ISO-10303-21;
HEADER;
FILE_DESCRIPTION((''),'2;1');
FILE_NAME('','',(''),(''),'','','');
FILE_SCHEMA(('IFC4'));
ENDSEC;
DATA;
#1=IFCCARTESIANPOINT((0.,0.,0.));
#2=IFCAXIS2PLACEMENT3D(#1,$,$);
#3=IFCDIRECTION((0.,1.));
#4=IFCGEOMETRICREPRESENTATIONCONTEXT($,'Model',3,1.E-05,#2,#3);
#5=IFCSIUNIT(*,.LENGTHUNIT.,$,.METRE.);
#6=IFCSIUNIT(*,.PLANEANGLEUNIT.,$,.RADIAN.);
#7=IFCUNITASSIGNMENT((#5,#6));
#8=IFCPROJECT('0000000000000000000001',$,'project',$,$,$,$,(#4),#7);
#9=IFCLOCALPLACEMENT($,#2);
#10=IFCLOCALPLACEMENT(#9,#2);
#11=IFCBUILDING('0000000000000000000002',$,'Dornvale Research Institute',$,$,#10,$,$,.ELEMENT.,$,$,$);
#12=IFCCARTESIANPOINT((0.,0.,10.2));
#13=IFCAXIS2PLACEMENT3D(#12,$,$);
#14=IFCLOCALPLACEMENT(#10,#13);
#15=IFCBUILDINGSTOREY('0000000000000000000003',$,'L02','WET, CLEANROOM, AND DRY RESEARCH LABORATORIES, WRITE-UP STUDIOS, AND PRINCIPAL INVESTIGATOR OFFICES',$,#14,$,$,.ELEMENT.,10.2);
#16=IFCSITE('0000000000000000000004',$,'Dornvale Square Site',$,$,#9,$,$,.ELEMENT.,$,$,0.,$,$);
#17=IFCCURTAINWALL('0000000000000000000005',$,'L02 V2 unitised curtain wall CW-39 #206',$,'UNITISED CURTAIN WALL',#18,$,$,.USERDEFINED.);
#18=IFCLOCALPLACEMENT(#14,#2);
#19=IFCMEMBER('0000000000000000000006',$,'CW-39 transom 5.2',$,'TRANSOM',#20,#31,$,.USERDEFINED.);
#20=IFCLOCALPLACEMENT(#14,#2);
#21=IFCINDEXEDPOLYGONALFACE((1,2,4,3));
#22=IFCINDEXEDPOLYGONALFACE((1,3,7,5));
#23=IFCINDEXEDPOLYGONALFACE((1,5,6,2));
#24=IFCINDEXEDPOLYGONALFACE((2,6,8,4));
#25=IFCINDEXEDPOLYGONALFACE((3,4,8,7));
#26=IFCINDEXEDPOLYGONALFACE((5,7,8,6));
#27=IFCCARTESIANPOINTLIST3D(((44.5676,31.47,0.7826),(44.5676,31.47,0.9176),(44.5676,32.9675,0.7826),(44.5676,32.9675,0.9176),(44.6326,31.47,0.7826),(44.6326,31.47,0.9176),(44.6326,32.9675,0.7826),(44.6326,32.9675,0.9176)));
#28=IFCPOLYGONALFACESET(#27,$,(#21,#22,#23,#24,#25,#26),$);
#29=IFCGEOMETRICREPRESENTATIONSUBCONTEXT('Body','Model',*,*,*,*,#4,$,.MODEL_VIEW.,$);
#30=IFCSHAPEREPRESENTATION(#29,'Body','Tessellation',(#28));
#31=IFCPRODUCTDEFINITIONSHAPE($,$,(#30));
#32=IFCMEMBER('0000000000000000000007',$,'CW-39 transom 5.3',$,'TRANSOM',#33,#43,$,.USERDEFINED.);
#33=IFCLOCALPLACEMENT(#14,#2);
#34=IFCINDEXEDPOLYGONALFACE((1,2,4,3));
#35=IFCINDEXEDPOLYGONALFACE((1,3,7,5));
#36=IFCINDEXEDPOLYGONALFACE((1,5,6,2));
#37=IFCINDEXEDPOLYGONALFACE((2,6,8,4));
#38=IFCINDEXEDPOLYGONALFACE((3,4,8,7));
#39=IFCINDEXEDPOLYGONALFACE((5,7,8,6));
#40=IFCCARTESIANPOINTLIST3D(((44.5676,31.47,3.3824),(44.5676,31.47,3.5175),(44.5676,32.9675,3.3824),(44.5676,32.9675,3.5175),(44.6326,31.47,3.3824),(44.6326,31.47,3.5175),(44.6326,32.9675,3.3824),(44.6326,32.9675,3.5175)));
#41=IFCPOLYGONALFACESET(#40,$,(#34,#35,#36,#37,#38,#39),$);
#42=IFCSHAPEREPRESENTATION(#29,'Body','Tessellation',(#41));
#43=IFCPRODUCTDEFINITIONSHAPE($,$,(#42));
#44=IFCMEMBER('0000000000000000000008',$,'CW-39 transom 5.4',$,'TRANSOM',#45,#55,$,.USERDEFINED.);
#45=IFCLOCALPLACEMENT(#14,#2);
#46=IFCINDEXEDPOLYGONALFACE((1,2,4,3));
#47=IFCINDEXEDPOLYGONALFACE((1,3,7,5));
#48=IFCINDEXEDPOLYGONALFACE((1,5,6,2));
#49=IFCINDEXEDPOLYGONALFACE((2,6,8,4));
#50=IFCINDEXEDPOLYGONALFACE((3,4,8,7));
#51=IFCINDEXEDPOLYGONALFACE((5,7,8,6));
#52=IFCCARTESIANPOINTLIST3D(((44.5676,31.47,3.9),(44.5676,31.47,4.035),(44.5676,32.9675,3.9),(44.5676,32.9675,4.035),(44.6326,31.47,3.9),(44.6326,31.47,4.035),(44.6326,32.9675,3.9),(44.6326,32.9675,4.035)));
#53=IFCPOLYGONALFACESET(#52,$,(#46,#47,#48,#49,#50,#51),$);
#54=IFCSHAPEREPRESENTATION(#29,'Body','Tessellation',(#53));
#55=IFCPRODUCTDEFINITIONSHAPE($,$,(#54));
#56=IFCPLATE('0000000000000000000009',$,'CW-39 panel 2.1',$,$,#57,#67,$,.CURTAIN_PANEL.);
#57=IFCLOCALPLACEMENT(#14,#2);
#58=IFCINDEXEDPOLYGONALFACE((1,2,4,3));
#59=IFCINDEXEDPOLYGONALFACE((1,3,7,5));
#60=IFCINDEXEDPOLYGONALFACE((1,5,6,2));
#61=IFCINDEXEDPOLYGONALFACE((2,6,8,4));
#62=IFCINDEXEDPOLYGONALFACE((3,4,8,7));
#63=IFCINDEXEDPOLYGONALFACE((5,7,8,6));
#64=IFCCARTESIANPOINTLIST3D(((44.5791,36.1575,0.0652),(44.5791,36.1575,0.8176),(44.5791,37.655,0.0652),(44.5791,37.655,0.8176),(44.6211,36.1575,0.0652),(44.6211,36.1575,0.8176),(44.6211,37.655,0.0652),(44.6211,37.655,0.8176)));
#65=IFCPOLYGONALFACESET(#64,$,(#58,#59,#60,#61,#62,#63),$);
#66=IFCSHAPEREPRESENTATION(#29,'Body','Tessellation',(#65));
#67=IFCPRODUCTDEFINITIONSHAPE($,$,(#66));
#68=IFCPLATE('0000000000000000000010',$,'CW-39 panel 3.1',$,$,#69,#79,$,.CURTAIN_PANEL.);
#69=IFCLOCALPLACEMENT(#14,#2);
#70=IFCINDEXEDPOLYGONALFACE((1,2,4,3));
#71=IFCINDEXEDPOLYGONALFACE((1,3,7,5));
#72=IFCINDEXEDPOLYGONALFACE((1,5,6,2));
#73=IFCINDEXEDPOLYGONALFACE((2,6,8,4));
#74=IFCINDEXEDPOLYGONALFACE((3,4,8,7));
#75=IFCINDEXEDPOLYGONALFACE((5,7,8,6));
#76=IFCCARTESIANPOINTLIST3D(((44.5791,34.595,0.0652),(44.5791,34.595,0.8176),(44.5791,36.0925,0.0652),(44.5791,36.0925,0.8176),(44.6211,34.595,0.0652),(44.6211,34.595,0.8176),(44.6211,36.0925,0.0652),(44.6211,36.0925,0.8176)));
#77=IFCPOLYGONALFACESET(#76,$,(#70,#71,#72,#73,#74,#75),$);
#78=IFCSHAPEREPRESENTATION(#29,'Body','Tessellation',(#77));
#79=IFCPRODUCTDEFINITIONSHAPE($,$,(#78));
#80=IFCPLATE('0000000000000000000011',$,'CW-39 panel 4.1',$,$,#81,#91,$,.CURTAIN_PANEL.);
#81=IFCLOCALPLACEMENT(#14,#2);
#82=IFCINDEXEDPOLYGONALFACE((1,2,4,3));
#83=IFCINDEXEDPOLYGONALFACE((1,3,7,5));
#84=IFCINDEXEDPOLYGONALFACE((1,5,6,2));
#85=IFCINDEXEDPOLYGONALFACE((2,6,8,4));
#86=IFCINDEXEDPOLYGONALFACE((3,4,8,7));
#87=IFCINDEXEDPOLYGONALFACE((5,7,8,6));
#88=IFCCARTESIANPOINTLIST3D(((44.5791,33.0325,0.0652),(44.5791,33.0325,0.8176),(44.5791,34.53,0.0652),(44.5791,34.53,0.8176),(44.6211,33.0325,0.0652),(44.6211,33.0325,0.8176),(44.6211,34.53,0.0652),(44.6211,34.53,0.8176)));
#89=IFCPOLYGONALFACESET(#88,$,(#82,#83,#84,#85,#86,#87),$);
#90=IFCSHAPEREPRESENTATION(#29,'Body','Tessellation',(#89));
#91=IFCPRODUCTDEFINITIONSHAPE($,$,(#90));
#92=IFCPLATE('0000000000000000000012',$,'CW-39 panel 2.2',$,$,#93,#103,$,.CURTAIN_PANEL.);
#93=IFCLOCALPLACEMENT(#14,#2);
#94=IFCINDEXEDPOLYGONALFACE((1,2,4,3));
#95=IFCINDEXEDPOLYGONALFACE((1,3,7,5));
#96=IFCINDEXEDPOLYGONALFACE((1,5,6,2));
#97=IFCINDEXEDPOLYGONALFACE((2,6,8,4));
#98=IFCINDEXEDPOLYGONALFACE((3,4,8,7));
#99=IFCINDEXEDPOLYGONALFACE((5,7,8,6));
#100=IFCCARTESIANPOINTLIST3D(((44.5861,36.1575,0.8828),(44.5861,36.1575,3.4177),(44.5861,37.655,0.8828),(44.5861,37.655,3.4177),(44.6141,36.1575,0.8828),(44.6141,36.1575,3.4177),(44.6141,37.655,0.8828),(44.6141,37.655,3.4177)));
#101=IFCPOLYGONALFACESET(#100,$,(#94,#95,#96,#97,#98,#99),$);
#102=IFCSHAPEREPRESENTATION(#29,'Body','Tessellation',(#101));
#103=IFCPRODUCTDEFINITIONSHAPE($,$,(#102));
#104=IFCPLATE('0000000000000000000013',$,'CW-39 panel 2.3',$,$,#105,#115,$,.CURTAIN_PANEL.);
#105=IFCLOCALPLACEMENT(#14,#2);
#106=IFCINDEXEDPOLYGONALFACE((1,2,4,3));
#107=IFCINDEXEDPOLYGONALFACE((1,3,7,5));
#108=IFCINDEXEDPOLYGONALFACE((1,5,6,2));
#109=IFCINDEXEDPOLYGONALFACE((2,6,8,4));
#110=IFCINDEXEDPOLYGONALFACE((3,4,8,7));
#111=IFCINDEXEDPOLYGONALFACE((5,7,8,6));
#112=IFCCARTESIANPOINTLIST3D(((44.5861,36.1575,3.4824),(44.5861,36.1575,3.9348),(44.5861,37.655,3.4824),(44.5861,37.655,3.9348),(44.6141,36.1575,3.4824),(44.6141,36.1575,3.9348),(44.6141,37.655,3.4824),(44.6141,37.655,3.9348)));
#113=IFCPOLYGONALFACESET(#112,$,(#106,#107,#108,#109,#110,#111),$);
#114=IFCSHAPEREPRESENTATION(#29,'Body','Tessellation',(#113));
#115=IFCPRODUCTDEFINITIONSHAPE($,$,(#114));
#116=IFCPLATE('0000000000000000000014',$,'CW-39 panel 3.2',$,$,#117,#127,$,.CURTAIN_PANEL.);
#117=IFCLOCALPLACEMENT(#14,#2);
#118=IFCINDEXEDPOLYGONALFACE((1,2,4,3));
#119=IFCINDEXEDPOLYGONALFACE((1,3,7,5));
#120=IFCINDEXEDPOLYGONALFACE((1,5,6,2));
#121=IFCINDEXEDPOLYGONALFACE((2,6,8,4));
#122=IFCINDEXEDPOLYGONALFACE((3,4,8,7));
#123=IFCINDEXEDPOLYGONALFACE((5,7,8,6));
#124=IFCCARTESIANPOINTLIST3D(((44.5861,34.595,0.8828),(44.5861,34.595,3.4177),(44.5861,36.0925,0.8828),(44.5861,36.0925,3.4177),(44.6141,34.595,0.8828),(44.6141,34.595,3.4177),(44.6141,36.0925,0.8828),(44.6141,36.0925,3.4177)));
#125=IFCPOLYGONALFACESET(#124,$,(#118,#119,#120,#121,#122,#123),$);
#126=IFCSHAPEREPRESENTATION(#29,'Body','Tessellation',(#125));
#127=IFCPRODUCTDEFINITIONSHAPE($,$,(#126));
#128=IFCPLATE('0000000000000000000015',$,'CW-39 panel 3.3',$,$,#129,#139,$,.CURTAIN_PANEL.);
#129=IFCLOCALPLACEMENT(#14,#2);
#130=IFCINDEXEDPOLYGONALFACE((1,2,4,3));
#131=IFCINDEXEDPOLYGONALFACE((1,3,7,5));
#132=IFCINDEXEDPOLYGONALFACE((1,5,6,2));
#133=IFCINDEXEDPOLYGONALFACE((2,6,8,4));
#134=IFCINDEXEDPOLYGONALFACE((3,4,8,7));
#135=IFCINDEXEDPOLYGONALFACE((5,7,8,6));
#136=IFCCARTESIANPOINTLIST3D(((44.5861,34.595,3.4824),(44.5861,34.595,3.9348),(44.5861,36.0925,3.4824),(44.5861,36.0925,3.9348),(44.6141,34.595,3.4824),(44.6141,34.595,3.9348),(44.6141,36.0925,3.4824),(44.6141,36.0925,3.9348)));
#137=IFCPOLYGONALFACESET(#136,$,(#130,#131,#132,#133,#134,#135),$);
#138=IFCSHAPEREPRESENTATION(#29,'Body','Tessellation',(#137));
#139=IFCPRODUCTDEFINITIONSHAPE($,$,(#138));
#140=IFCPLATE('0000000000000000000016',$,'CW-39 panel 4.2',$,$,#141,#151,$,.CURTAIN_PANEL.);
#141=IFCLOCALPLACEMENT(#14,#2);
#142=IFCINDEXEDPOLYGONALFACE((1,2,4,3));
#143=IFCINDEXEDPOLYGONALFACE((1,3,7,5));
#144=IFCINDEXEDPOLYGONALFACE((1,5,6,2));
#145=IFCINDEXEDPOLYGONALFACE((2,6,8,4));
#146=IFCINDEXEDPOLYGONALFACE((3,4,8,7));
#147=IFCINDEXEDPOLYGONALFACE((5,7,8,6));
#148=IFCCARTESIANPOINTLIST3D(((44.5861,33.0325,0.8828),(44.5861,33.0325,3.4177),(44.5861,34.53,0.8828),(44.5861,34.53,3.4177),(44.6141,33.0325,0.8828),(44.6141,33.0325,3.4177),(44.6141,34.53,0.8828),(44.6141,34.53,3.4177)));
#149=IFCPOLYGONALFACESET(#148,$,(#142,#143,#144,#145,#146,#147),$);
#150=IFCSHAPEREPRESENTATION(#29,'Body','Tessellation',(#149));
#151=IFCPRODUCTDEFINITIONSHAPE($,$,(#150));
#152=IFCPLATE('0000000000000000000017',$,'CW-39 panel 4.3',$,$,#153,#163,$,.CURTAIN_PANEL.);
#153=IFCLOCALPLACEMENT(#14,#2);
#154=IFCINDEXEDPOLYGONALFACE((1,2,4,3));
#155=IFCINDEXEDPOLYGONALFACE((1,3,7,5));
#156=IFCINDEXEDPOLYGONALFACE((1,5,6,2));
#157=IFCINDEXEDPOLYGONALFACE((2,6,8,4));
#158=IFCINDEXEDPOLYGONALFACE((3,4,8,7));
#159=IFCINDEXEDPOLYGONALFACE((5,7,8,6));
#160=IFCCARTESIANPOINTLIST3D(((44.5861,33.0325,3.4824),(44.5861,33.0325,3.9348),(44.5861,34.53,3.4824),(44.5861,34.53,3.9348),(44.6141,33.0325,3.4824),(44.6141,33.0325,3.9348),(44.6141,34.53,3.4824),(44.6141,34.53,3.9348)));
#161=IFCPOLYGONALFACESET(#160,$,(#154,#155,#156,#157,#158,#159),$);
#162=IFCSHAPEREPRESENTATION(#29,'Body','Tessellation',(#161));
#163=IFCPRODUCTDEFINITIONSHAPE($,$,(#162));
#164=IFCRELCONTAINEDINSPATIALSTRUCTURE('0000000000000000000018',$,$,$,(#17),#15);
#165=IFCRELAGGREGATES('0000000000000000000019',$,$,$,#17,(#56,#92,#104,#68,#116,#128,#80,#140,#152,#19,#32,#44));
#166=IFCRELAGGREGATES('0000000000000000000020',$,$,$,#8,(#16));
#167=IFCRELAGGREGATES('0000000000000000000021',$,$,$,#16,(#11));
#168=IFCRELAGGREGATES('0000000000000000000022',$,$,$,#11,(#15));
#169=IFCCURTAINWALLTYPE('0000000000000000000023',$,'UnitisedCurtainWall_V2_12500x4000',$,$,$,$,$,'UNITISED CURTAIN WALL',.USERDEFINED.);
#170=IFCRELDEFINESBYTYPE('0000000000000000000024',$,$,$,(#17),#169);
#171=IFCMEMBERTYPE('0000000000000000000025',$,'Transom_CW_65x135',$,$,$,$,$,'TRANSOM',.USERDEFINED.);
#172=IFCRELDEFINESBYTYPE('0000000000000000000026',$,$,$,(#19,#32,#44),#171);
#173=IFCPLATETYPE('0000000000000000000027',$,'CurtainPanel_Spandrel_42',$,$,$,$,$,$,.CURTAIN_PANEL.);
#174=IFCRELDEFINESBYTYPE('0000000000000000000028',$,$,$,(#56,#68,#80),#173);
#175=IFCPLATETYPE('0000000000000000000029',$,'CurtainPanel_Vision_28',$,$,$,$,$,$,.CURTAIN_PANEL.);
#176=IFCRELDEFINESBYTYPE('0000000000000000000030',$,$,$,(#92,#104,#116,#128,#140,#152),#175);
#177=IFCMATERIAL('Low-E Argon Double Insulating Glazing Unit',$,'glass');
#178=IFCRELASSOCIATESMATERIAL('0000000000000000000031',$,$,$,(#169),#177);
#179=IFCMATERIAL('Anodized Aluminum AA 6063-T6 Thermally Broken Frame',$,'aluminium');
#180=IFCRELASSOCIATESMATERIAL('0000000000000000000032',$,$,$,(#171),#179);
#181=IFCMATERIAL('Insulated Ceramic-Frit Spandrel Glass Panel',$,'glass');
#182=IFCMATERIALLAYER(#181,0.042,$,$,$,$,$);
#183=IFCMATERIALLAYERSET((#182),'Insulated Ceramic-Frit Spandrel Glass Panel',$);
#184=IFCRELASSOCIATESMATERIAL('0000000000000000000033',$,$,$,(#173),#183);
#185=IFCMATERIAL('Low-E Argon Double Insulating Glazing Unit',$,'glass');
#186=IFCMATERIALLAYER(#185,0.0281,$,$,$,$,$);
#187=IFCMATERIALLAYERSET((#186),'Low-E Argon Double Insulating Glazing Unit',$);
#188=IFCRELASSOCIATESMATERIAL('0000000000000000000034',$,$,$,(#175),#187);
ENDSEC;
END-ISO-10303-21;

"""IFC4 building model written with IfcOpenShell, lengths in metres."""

from ifc_helpers import new_model, si_unit, direction, frame, origin, origin_2d, place, context, subcontext, project, spatial, rectangle, extrude, material, layer, layer_set, material_profile, profile_set, type_object, element, aggregate, save


model = new_model("IFC4")

# Units and contexts
model_context = context("Model", 3, precision=1e-05, world=origin(), true_north=direction((0.0, 1.0)))
body_context = subcontext(model_context, "Body", "Model", "MODEL_VIEW")
ifc_project = project(units=[si_unit("LENGTHUNIT", "METRE"), si_unit("PLANEANGLEUNIT", "RADIAN")], contexts=[model_context])

# Site, building, storey
site_placement = place(None, origin())
site = spatial("IfcSite", under=ifc_project, at=site_placement, Name="Dornvale Square Site", CompositionType="ELEMENT", RefElevation=0.0)
building_placement = place(site_placement, origin())
building = spatial("IfcBuilding", under=site, at=building_placement, Name="Dornvale Research Institute", CompositionType="ELEMENT")
storey_placement = place(building_placement, frame((0.0, 0.0, 10.2)))
storey = spatial("IfcBuildingStorey", under=building, at=storey_placement, Name="L02", Description="WET, CLEANROOM, AND DRY RESEARCH LABORATORIES, WRITE-UP STUDIOS, AND PRINCIPAL INVESTIGATOR OFFICES", CompositionType="ELEMENT", Elevation=10.2)

# Curtain wall, members, plates
ifc_material_1 = material(Name="Low-E Argon Double Insulating Glazing Unit", Category="glass")
curtain_wall_type = type_object("IfcCurtainWallType", Name="UnitisedCurtainWall_V2_12500x4000", ElementType="UNITISED CURTAIN WALL", PredefinedType="USERDEFINED", material=ifc_material_1)
curtain_wall_placement = place(storey_placement, origin())
curtain_wall = element("IfcCurtainWall", 1, at=curtain_wall_placement, inside=storey, type_object=curtain_wall_type, Name="L02 V2 unitised curtain wall CW-39 #206", ObjectType="UNITISED CURTAIN WALL", PredefinedType="USERDEFINED")
ifc_material_2 = material(Name="Anodized Aluminum AA 6063-T6 Thermally Broken Frame", Category="aluminium")
ifc_material_profile_1 = material_profile(ifc_material_2, rectangle(XDim=0.0649, YDim=0.135, at=origin_2d()), Name="ALU TRANSOM 65x135")
ifc_profile_set_1 = profile_set([ifc_material_profile_1], Name="Anodized Aluminum AA 6063-T6 Thermally Broken Frame")
member_type_1 = type_object("IfcMemberType", Name="Transom_CW_65x135", ElementType="TRANSOM", PredefinedType="USERDEFINED", material=ifc_profile_set_1)
member_1_placement = place(storey_placement, frame((44.6001, 32.9675, 0.8501), z_axis=(0.0, -1.0, 0.0), x_axis=(1.0, 0.0, 0.0)))
member_1 = element("IfcMember", 2, at=member_1_placement, type_object=member_type_1, Name="CW-39 transom 5.2", ObjectType="TRANSOM", PredefinedType="USERDEFINED", context=body_context, shape_type="SweptSolid", body=[
    extrude(rectangle(XDim=0.0649, YDim=0.135, at=origin_2d()), origin(), (0.0, 0.0, 1.0), 1.4976),
])
member_2_placement = place(storey_placement, frame((44.6001, 32.9675, 3.45), z_axis=(0.0, -1.0, 0.0), x_axis=(1.0, 0.0, 0.0)))
member_2 = element("IfcMember", 3, at=member_2_placement, type_object=member_type_1, Name="CW-39 transom 5.3", ObjectType="TRANSOM", PredefinedType="USERDEFINED", context=body_context, shape_type="SweptSolid", body=[
    extrude(rectangle(XDim=0.0649, YDim=0.135, at=origin_2d()), origin(), (0.0, 0.0, 1.0), 1.4976),
])
member_3_placement = place(storey_placement, frame((44.6001, 32.9675, 3.9675), z_axis=(0.0, -1.0, 0.0), x_axis=(1.0, 0.0, 0.0)))
member_3 = element("IfcMember", 4, at=member_3_placement, type_object=member_type_1, Name="CW-39 transom 5.4", ObjectType="TRANSOM", PredefinedType="USERDEFINED", context=body_context, shape_type="SweptSolid", body=[
    extrude(rectangle(XDim=0.0649, YDim=0.135, at=origin_2d()), origin(), (0.0, 0.0, 1.0), 1.4976),
])
ifc_material_3 = material(Name="Insulated Ceramic-Frit Spandrel Glass Panel", Category="glass")
ifc_layer_1 = layer(ifc_material_3, 0.042)
ifc_layer_set_1 = layer_set([ifc_layer_1], Name="Insulated Ceramic-Frit Spandrel Glass Panel")
plate_type_1 = type_object("IfcPlateType", Name="CurtainPanel_Spandrel_42", PredefinedType="CURTAIN_PANEL", material=ifc_layer_set_1)
plate_1_placement = place(storey_placement, frame((44.6001, 36.9062, 0.0652), z_axis=(0.0, 0.0, 1.0), x_axis=(0.0, -1.0, 0.0)))
plate_1 = element("IfcPlate", 5, at=plate_1_placement, type_object=plate_type_1, Name="CW-39 panel 2.1", PredefinedType="CURTAIN_PANEL", context=body_context, shape_type="SweptSolid", body=[
    extrude(rectangle(XDim=1.4976, YDim=0.042, at=origin_2d()), origin(), (0.0, 0.0, 1.0), 0.7524),
])
plate_2_placement = place(storey_placement, frame((44.6001, 35.3438, 0.0652), z_axis=(0.0, 0.0, 1.0), x_axis=(0.0, -1.0, 0.0)))
plate_2 = element("IfcPlate", 6, at=plate_2_placement, type_object=plate_type_1, Name="CW-39 panel 3.1", PredefinedType="CURTAIN_PANEL", context=body_context, shape_type="SweptSolid", body=[
    extrude(rectangle(XDim=1.4976, YDim=0.042, at=origin_2d()), origin(), (0.0, 0.0, 1.0), 0.7524),
])
plate_3_placement = place(storey_placement, frame((44.6001, 33.7812, 0.0652), z_axis=(0.0, 0.0, 1.0), x_axis=(0.0, -1.0, 0.0)))
plate_3 = element("IfcPlate", 7, at=plate_3_placement, type_object=plate_type_1, Name="CW-39 panel 4.1", PredefinedType="CURTAIN_PANEL", context=body_context, shape_type="SweptSolid", body=[
    extrude(rectangle(XDim=1.4976, YDim=0.042, at=origin_2d()), origin(), (0.0, 0.0, 1.0), 0.7524),
])
ifc_material_4 = material(Name="Low-E Argon Double Insulating Glazing Unit", Category="glass")
ifc_layer_2 = layer(ifc_material_4, 0.0281)
ifc_layer_set_2 = layer_set([ifc_layer_2], Name="Low-E Argon Double Insulating Glazing Unit")
plate_type_2 = type_object("IfcPlateType", Name="CurtainPanel_Vision_28", PredefinedType="CURTAIN_PANEL", material=ifc_layer_set_2)
plate_4_placement = place(storey_placement, frame((44.6001, 36.9062, 0.8828), z_axis=(0.0, 0.0, 1.0), x_axis=(0.0, -1.0, 0.0)))
plate_4 = element("IfcPlate", 8, at=plate_4_placement, type_object=plate_type_2, Name="CW-39 panel 2.2", PredefinedType="CURTAIN_PANEL", context=body_context, shape_type="SweptSolid", body=[
    extrude(rectangle(XDim=1.4976, YDim=0.0281, at=origin_2d()), origin(), (0.0, 0.0, 1.0), 2.5349),
])
plate_5_placement = place(storey_placement, frame((44.6001, 36.9062, 3.4824), z_axis=(0.0, 0.0, 1.0), x_axis=(0.0, -1.0, 0.0)))
plate_5 = element("IfcPlate", 9, at=plate_5_placement, type_object=plate_type_2, Name="CW-39 panel 2.3", PredefinedType="CURTAIN_PANEL", context=body_context, shape_type="SweptSolid", body=[
    extrude(rectangle(XDim=1.4976, YDim=0.0281, at=origin_2d()), origin(), (0.0, 0.0, 1.0), 0.4524),
])
plate_6_placement = place(storey_placement, frame((44.6001, 35.3438, 0.8828), z_axis=(0.0, 0.0, 1.0), x_axis=(0.0, -1.0, 0.0)))
plate_6 = element("IfcPlate", 10, at=plate_6_placement, type_object=plate_type_2, Name="CW-39 panel 3.2", PredefinedType="CURTAIN_PANEL", context=body_context, shape_type="SweptSolid", body=[
    extrude(rectangle(XDim=1.4976, YDim=0.0281, at=origin_2d()), origin(), (0.0, 0.0, 1.0), 2.5349),
])
plate_7_placement = place(storey_placement, frame((44.6001, 35.3438, 3.4824), z_axis=(0.0, 0.0, 1.0), x_axis=(0.0, -1.0, 0.0)))
plate_7 = element("IfcPlate", 11, at=plate_7_placement, type_object=plate_type_2, Name="CW-39 panel 3.3", PredefinedType="CURTAIN_PANEL", context=body_context, shape_type="SweptSolid", body=[
    extrude(rectangle(XDim=1.4976, YDim=0.0281, at=origin_2d()), origin(), (0.0, 0.0, 1.0), 0.4524),
])
plate_8_placement = place(storey_placement, frame((44.6001, 33.7812, 0.8828), z_axis=(0.0, 0.0, 1.0), x_axis=(0.0, -1.0, 0.0)))
plate_8 = element("IfcPlate", 12, at=plate_8_placement, type_object=plate_type_2, Name="CW-39 panel 4.2", PredefinedType="CURTAIN_PANEL", context=body_context, shape_type="SweptSolid", body=[
    extrude(rectangle(XDim=1.4976, YDim=0.0281, at=origin_2d()), origin(), (0.0, 0.0, 1.0), 2.5349),
])
plate_9_placement = place(storey_placement, frame((44.6001, 33.7812, 3.4824), z_axis=(0.0, 0.0, 1.0), x_axis=(0.0, -1.0, 0.0)))
plate_9 = element("IfcPlate", 13, at=plate_9_placement, type_object=plate_type_2, Name="CW-39 panel 4.3", PredefinedType="CURTAIN_PANEL", context=body_context, shape_type="SweptSolid", body=[
    extrude(rectangle(XDim=1.4976, YDim=0.0281, at=origin_2d()), origin(), (0.0, 0.0, 1.0), 0.4524),
])
aggregate(curtain_wall, [plate_1, plate_4, plate_5, plate_2, plate_6, plate_7, plate_3, plate_8, plate_9, member_1, member_2, member_3])

save(model, "model.ifc")
